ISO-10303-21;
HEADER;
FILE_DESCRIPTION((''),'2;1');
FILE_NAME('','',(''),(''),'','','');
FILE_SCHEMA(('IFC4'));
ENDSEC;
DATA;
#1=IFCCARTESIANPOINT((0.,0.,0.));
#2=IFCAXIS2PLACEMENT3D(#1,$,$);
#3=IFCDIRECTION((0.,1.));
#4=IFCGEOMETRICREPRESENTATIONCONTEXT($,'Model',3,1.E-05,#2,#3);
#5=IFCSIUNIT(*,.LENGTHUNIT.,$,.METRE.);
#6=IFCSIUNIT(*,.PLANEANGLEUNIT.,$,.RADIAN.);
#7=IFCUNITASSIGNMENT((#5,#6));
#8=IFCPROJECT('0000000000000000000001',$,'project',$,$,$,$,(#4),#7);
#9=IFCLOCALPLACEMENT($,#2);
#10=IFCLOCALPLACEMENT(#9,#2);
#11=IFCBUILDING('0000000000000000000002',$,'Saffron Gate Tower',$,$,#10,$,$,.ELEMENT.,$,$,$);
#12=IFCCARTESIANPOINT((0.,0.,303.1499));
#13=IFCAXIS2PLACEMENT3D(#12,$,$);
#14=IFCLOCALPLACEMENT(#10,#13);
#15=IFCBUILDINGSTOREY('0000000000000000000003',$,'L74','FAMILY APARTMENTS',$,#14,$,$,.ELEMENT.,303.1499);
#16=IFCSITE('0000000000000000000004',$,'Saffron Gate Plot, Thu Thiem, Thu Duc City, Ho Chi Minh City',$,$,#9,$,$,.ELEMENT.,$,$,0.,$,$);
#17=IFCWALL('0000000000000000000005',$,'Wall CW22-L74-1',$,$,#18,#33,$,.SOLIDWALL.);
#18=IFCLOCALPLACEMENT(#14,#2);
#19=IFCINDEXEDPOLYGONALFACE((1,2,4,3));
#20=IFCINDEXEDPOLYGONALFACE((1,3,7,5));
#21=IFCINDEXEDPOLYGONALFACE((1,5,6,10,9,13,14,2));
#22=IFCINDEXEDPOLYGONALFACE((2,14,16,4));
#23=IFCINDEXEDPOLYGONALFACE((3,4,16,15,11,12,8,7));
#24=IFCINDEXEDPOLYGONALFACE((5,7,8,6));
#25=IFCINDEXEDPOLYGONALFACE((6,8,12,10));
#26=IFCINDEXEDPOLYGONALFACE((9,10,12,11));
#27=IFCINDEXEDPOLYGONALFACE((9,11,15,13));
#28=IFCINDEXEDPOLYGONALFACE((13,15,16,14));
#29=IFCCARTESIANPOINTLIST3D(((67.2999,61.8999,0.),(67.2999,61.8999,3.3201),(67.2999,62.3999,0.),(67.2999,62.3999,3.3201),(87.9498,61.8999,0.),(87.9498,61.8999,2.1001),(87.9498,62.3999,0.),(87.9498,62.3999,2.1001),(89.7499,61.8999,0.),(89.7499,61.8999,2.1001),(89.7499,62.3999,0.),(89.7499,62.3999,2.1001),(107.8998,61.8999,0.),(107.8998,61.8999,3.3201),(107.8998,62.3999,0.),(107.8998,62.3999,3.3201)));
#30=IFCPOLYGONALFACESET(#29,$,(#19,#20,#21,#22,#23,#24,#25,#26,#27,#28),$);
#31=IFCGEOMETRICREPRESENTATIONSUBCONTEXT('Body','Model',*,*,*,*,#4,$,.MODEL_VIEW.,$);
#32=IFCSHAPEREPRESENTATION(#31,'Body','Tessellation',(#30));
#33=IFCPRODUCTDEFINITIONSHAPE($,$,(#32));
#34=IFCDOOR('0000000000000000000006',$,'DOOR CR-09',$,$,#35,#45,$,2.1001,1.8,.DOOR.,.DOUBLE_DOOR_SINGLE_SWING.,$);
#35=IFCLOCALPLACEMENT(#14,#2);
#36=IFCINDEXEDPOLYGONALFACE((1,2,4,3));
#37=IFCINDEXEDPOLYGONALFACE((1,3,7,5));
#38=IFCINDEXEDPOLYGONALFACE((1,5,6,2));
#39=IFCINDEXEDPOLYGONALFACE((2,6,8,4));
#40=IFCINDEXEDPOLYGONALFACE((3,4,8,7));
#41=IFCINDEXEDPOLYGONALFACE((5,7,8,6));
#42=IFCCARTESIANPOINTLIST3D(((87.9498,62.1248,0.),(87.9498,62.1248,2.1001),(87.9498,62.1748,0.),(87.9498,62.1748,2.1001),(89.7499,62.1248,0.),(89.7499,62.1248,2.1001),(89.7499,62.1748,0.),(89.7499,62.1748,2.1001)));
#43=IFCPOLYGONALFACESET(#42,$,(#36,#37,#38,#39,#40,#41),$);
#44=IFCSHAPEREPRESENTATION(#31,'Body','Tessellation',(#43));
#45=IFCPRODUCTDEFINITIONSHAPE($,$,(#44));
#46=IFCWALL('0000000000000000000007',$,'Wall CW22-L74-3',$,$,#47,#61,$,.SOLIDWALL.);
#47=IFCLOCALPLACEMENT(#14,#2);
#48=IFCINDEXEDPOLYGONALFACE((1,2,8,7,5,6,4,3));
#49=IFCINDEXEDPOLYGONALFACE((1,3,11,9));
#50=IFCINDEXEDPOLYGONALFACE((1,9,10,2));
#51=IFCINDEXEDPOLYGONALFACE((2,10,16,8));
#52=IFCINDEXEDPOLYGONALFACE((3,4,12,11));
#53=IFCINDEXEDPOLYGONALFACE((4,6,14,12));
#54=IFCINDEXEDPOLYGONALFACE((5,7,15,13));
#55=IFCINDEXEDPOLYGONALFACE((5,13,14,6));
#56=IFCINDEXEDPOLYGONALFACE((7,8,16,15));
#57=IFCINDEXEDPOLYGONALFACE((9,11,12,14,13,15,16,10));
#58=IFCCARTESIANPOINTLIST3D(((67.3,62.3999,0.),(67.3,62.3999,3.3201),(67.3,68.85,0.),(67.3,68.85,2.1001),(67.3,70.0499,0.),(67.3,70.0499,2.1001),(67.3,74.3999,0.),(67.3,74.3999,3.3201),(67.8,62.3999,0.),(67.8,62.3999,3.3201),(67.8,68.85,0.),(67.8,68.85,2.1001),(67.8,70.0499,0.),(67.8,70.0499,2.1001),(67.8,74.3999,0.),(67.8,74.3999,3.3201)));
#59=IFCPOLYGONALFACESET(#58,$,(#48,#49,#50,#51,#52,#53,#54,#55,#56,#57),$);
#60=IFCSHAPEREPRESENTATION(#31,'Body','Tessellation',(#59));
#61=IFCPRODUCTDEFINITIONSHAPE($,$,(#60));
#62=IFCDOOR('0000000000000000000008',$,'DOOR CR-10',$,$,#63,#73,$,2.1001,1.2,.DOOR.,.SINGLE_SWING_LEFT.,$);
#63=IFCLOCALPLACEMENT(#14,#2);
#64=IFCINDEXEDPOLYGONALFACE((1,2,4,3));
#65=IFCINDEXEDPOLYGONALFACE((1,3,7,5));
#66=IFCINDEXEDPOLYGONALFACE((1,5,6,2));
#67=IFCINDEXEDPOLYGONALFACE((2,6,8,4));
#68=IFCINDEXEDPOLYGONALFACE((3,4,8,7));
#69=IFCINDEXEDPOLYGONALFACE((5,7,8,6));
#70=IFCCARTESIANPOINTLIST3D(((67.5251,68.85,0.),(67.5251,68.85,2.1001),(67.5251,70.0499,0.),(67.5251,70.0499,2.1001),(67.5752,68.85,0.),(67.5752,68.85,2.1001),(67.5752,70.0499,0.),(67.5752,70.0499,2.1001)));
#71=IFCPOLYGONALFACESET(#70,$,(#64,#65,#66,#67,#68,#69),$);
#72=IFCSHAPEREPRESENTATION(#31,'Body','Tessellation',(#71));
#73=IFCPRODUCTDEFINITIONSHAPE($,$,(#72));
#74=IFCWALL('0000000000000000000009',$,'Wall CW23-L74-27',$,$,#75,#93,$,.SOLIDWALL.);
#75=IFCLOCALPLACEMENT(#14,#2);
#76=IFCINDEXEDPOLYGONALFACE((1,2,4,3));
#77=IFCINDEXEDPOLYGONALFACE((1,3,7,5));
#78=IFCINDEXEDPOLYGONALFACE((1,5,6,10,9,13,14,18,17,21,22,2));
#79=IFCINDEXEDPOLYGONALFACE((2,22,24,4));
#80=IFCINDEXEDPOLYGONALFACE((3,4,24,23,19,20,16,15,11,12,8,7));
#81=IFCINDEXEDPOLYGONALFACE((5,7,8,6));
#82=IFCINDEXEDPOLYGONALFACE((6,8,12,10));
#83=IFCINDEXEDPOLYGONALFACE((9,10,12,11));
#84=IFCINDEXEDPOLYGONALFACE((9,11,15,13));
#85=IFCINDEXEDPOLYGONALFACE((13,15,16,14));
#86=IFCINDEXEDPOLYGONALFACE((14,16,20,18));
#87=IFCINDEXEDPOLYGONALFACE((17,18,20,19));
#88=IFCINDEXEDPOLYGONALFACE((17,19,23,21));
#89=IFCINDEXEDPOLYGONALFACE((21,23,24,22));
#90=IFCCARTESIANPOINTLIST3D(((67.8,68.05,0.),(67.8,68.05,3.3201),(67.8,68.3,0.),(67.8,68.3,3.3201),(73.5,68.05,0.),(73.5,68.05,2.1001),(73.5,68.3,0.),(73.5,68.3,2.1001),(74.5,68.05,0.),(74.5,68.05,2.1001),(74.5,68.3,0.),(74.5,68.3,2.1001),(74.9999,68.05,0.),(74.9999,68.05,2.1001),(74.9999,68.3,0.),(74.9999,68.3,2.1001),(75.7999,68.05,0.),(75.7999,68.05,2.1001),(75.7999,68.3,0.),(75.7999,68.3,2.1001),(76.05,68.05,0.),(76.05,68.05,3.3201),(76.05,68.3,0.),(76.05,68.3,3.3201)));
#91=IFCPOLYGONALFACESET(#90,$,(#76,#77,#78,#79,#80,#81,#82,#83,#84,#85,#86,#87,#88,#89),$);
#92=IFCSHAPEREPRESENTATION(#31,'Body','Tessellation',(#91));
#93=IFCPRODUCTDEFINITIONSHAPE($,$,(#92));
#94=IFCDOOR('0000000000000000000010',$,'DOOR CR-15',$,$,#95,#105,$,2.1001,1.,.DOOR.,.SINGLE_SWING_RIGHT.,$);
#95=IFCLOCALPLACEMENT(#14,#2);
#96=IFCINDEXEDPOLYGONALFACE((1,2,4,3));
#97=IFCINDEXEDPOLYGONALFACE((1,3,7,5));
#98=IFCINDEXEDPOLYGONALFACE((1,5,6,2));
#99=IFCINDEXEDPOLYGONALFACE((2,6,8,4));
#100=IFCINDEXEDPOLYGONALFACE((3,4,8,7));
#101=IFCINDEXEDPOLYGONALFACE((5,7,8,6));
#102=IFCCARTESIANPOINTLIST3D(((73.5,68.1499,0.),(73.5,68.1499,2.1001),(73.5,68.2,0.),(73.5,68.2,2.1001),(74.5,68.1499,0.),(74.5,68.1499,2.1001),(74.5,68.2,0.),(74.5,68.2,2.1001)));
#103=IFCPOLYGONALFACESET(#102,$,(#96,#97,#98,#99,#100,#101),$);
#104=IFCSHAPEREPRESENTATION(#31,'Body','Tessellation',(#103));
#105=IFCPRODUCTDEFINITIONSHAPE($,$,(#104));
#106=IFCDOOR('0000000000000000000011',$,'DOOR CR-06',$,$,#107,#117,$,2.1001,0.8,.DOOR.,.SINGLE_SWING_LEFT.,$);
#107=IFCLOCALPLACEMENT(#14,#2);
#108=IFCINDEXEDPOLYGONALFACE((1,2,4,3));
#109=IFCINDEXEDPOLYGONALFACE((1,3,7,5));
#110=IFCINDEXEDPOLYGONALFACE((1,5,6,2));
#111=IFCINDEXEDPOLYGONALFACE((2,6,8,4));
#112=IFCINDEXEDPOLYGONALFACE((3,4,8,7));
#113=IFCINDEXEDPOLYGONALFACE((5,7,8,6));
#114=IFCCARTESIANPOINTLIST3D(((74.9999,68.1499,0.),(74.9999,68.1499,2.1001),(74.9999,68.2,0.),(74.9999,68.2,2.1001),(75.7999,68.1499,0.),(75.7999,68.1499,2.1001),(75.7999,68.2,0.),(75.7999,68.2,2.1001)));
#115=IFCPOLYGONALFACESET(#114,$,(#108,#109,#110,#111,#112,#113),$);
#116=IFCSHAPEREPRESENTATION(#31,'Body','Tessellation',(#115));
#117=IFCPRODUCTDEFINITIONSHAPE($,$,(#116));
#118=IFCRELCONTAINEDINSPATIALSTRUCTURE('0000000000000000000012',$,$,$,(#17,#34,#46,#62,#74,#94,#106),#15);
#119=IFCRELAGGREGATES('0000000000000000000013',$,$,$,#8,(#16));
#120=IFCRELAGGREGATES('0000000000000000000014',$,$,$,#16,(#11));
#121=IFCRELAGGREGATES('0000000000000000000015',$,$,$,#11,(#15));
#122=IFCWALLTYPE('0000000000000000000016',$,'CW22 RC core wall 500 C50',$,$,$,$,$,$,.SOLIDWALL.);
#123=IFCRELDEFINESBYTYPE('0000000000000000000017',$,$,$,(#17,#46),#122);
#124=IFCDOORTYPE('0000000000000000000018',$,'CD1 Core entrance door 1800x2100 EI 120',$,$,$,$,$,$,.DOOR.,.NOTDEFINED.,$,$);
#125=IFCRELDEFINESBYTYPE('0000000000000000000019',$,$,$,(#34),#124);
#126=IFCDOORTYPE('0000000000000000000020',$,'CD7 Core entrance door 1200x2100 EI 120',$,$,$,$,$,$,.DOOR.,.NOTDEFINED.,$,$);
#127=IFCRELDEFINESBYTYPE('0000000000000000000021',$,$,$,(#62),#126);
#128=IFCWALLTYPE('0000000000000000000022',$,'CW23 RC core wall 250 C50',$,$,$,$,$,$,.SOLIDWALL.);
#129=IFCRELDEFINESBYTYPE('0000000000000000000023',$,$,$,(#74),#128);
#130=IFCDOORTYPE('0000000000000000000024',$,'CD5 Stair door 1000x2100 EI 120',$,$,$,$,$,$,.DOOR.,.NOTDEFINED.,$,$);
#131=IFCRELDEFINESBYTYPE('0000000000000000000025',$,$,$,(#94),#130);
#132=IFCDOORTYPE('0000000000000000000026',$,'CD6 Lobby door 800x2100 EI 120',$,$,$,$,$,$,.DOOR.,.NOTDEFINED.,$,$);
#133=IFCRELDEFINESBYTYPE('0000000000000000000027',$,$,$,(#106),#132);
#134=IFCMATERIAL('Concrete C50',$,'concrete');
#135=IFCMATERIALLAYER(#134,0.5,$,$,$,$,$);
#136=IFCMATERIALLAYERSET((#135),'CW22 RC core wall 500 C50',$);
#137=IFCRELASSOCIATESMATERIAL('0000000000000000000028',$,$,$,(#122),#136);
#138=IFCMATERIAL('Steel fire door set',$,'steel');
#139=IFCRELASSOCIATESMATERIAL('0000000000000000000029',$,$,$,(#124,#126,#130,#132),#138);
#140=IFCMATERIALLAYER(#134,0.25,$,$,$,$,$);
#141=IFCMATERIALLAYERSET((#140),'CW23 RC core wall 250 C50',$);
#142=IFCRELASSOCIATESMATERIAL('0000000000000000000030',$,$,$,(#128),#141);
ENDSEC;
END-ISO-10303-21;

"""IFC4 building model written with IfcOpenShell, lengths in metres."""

from ifc_helpers import new_model, si_unit, direction, frame, frame_2d, origin, place, context, subcontext, project, spatial, rectangle, extrude, material, layer, layer_set, type_object, element, fill, save


model = new_model("IFC4")

# Units and contexts
model_context = context("Model", 3, precision=1e-05, world=origin(), true_north=direction((0.0, 1.0)))
body_context = subcontext(model_context, "Body", "Model", "MODEL_VIEW")
ifc_project = project(units=[si_unit("LENGTHUNIT", "METRE"), si_unit("PLANEANGLEUNIT", "RADIAN")], contexts=[model_context])

# Site, building, storey
site_placement = place(None, origin())
site = spatial("IfcSite", under=ifc_project, at=site_placement, Name="Saffron Gate Plot, Thu Thiem, Thu Duc City, Ho Chi Minh City", CompositionType="ELEMENT", RefElevation=0.0)
building_placement = place(site_placement, origin())
building = spatial("IfcBuilding", under=site, at=building_placement, Name="Saffron Gate Tower", CompositionType="ELEMENT")
storey_placement = place(building_placement, frame((0.0, 0.0, 303.1499)))
storey = spatial("IfcBuildingStorey", under=building, at=storey_placement, Name="L74", Description="FAMILY APARTMENTS", CompositionType="ELEMENT", Elevation=303.1499)

# Walls, openings, doors
ifc_material_1 = material(Name="Concrete C50", Category="concrete")
ifc_layer_1 = layer(ifc_material_1, 0.5)
ifc_layer_set_1 = layer_set([ifc_layer_1], Name="CW22 RC core wall 500 C50")
wall_type_1 = type_object("IfcWallType", Name="CW22 RC core wall 500 C50", PredefinedType="SOLIDWALL", material=ifc_layer_set_1)
wall_1_placement = place(storey_placement, frame((67.3, 62.1499, 0.0), z_axis=(0.0, 0.0, 1.0), x_axis=(1.0, 0.0, 0.0)))
wall_1 = element("IfcWall", 1, at=wall_1_placement, inside=storey, type_object=wall_type_1, Name="Wall CW22-L74-1", PredefinedType="SOLIDWALL", context=body_context, shape_type="SweptSolid", body=[
    extrude(rectangle(XDim=40.5999, YDim=0.5, at=frame_2d((20.2998, 0.0))), origin(), (0.0, 0.0, 1.0), 3.3201),
])
opening_1_placement = place(wall_1_placement, frame((20.6499, 0.0, 0.0)))
opening_1 = element("IfcOpeningElement", 2, at=opening_1_placement, cuts=wall_1, PredefinedType="OPENING", context=body_context, shape_type="SweptSolid", body=[
    extrude(rectangle(XDim=1.8, YDim=2.1001, at=frame_2d((0.8999, 1.05))), frame((0.0, 0.26, 0.0), z_axis=(0.0, -1.0, 0.0), x_axis=(1.0, 0.0, 0.0)), (0.0, 0.0, 1.0), 0.52),
])
ifc_material_2 = material(Name="Steel fire door set", Category="steel")
door_type_1 = type_object("IfcDoorType", Name="CD1 Core entrance door 1800x2100 EI 120", OperationType="NOTDEFINED", PredefinedType="DOOR", material=ifc_material_2)
door_1_placement = place(opening_1_placement, origin())
door_1 = element("IfcDoor", 3, at=door_1_placement, inside=storey, type_object=door_type_1, Name="DOOR CR-09", OperationType="DOUBLE_DOOR_SINGLE_SWING", OverallHeight=2.1001, OverallWidth=1.8, PredefinedType="DOOR", context=body_context, shape_type="SweptSolid", body=[
    extrude(rectangle(XDim=1.8, YDim=2.1001, at=frame_2d((0.8999, 1.05))), frame((0.0, 0.0249, 0.0), z_axis=(0.0, -1.0, 0.0), x_axis=(1.0, 0.0, 0.0)), (0.0, 0.0, 1.0), 0.05),
])
fill(opening_1, door_1)
wall_2_placement = place(storey_placement, frame((67.55, 62.3999, 0.0), z_axis=(0.0, 0.0, 1.0), x_axis=(0.0, 1.0, 0.0)))
wall_2 = element("IfcWall", 4, at=wall_2_placement, inside=storey, type_object=wall_type_1, Name="Wall CW22-L74-3", PredefinedType="SOLIDWALL", context=body_context, shape_type="SweptSolid", body=[
    extrude(rectangle(XDim=12.0, YDim=0.5, at=frame_2d((6.0, 0.0))), origin(), (0.0, 0.0, 1.0), 3.3201),
])
opening_2_placement = place(wall_2_placement, frame((6.45, 0.0, 0.0)))
opening_2 = element("IfcOpeningElement", 5, at=opening_2_placement, cuts=wall_2, PredefinedType="OPENING", context=body_context, shape_type="SweptSolid", body=[
    extrude(rectangle(XDim=1.2, YDim=2.1001, at=frame_2d((0.6001, 1.05))), frame((0.0, 0.26, 0.0), z_axis=(0.0, -1.0, 0.0), x_axis=(1.0, 0.0, 0.0)), (0.0, 0.0, 1.0), 0.52),
])
door_type_2 = type_object("IfcDoorType", Name="CD7 Core entrance door 1200x2100 EI 120", OperationType="NOTDEFINED", PredefinedType="DOOR", material=ifc_material_2)
door_2_placement = place(opening_2_placement, origin())
door_2 = element("IfcDoor", 6, at=door_2_placement, inside=storey, type_object=door_type_2, Name="DOOR CR-10", OperationType="SINGLE_SWING_LEFT", OverallHeight=2.1001, OverallWidth=1.2, PredefinedType="DOOR", context=body_context, shape_type="SweptSolid", body=[
    extrude(rectangle(XDim=1.2, YDim=2.1001, at=frame_2d((0.6001, 1.05))), frame((0.0, 0.0249, 0.0), z_axis=(0.0, -1.0, 0.0), x_axis=(1.0, 0.0, 0.0)), (0.0, 0.0, 1.0), 0.05),
])
fill(opening_2, door_2)

# Wall, openings, doors
ifc_layer_2 = layer(ifc_material_1, 0.25)
ifc_layer_set_2 = layer_set([ifc_layer_2], Name="CW23 RC core wall 250 C50")
wall_type_2 = type_object("IfcWallType", Name="CW23 RC core wall 250 C50", PredefinedType="SOLIDWALL", material=ifc_layer_set_2)
wall_3_placement = place(storey_placement, frame((67.8, 68.175, 0.0), z_axis=(0.0, 0.0, 1.0), x_axis=(1.0, 0.0, 0.0)))
wall_3 = element("IfcWall", 7, at=wall_3_placement, inside=storey, type_object=wall_type_2, Name="Wall CW23-L74-27", PredefinedType="SOLIDWALL", context=body_context, shape_type="SweptSolid", body=[
    extrude(rectangle(XDim=8.25, YDim=0.25, at=frame_2d((4.125, 0.0))), origin(), (0.0, 0.0, 1.0), 3.3201),
])
opening_3_placement = place(wall_3_placement, frame((5.7, 0.0, 0.0)))
opening_3 = element("IfcOpeningElement", 8, at=opening_3_placement, cuts=wall_3, PredefinedType="OPENING", context=body_context, shape_type="SweptSolid", body=[
    extrude(rectangle(XDim=1.0, YDim=2.1001, at=frame_2d((0.5, 1.05))), frame((0.0, 0.135, 0.0), z_axis=(0.0, -1.0, 0.0), x_axis=(1.0, 0.0, 0.0)), (0.0, 0.0, 1.0), 0.27),
])
opening_4_placement = place(wall_3_placement, frame((7.2, 0.0, 0.0)))
opening_4 = element("IfcOpeningElement", 9, at=opening_4_placement, cuts=wall_3, PredefinedType="OPENING", context=body_context, shape_type="SweptSolid", body=[
    extrude(rectangle(XDim=0.8, YDim=2.1001, at=frame_2d((0.3999, 1.05))), frame((0.0, 0.135, 0.0), z_axis=(0.0, -1.0, 0.0), x_axis=(1.0, 0.0, 0.0)), (0.0, 0.0, 1.0), 0.27),
])
door_type_3 = type_object("IfcDoorType", Name="CD5 Stair door 1000x2100 EI 120", OperationType="NOTDEFINED", PredefinedType="DOOR", material=ifc_material_2)
door_3_placement = place(opening_3_placement, origin())
door_3 = element("IfcDoor", 10, at=door_3_placement, inside=storey, type_object=door_type_3, Name="DOOR CR-15", OperationType="SINGLE_SWING_RIGHT", OverallHeight=2.1001, OverallWidth=1.0, PredefinedType="DOOR", context=body_context, shape_type="SweptSolid", body=[
    extrude(rectangle(XDim=1.0, YDim=2.1001, at=frame_2d((0.5, 1.05))), frame((0.0, 0.0249, 0.0), z_axis=(0.0, -1.0, 0.0), x_axis=(1.0, 0.0, 0.0)), (0.0, 0.0, 1.0), 0.05),
])
fill(opening_3, door_3)
door_type_4 = type_object("IfcDoorType", Name="CD6 Lobby door 800x2100 EI 120", OperationType="NOTDEFINED", PredefinedType="DOOR", material=ifc_material_2)
door_4_placement = place(opening_4_placement, origin())
door_4 = element("IfcDoor", 11, at=door_4_placement, inside=storey, type_object=door_type_4, Name="DOOR CR-06", OperationType="SINGLE_SWING_LEFT", OverallHeight=2.1001, OverallWidth=0.8, PredefinedType="DOOR", context=body_context, shape_type="SweptSolid", body=[
    extrude(rectangle(XDim=0.8, YDim=2.1001, at=frame_2d((0.3999, 1.05))), frame((0.0, 0.0249, 0.0), z_axis=(0.0, -1.0, 0.0), x_axis=(1.0, 0.0, 0.0)), (0.0, 0.0, 1.0), 0.05),
])
fill(opening_4, door_4)

save(model, "model.ifc")
